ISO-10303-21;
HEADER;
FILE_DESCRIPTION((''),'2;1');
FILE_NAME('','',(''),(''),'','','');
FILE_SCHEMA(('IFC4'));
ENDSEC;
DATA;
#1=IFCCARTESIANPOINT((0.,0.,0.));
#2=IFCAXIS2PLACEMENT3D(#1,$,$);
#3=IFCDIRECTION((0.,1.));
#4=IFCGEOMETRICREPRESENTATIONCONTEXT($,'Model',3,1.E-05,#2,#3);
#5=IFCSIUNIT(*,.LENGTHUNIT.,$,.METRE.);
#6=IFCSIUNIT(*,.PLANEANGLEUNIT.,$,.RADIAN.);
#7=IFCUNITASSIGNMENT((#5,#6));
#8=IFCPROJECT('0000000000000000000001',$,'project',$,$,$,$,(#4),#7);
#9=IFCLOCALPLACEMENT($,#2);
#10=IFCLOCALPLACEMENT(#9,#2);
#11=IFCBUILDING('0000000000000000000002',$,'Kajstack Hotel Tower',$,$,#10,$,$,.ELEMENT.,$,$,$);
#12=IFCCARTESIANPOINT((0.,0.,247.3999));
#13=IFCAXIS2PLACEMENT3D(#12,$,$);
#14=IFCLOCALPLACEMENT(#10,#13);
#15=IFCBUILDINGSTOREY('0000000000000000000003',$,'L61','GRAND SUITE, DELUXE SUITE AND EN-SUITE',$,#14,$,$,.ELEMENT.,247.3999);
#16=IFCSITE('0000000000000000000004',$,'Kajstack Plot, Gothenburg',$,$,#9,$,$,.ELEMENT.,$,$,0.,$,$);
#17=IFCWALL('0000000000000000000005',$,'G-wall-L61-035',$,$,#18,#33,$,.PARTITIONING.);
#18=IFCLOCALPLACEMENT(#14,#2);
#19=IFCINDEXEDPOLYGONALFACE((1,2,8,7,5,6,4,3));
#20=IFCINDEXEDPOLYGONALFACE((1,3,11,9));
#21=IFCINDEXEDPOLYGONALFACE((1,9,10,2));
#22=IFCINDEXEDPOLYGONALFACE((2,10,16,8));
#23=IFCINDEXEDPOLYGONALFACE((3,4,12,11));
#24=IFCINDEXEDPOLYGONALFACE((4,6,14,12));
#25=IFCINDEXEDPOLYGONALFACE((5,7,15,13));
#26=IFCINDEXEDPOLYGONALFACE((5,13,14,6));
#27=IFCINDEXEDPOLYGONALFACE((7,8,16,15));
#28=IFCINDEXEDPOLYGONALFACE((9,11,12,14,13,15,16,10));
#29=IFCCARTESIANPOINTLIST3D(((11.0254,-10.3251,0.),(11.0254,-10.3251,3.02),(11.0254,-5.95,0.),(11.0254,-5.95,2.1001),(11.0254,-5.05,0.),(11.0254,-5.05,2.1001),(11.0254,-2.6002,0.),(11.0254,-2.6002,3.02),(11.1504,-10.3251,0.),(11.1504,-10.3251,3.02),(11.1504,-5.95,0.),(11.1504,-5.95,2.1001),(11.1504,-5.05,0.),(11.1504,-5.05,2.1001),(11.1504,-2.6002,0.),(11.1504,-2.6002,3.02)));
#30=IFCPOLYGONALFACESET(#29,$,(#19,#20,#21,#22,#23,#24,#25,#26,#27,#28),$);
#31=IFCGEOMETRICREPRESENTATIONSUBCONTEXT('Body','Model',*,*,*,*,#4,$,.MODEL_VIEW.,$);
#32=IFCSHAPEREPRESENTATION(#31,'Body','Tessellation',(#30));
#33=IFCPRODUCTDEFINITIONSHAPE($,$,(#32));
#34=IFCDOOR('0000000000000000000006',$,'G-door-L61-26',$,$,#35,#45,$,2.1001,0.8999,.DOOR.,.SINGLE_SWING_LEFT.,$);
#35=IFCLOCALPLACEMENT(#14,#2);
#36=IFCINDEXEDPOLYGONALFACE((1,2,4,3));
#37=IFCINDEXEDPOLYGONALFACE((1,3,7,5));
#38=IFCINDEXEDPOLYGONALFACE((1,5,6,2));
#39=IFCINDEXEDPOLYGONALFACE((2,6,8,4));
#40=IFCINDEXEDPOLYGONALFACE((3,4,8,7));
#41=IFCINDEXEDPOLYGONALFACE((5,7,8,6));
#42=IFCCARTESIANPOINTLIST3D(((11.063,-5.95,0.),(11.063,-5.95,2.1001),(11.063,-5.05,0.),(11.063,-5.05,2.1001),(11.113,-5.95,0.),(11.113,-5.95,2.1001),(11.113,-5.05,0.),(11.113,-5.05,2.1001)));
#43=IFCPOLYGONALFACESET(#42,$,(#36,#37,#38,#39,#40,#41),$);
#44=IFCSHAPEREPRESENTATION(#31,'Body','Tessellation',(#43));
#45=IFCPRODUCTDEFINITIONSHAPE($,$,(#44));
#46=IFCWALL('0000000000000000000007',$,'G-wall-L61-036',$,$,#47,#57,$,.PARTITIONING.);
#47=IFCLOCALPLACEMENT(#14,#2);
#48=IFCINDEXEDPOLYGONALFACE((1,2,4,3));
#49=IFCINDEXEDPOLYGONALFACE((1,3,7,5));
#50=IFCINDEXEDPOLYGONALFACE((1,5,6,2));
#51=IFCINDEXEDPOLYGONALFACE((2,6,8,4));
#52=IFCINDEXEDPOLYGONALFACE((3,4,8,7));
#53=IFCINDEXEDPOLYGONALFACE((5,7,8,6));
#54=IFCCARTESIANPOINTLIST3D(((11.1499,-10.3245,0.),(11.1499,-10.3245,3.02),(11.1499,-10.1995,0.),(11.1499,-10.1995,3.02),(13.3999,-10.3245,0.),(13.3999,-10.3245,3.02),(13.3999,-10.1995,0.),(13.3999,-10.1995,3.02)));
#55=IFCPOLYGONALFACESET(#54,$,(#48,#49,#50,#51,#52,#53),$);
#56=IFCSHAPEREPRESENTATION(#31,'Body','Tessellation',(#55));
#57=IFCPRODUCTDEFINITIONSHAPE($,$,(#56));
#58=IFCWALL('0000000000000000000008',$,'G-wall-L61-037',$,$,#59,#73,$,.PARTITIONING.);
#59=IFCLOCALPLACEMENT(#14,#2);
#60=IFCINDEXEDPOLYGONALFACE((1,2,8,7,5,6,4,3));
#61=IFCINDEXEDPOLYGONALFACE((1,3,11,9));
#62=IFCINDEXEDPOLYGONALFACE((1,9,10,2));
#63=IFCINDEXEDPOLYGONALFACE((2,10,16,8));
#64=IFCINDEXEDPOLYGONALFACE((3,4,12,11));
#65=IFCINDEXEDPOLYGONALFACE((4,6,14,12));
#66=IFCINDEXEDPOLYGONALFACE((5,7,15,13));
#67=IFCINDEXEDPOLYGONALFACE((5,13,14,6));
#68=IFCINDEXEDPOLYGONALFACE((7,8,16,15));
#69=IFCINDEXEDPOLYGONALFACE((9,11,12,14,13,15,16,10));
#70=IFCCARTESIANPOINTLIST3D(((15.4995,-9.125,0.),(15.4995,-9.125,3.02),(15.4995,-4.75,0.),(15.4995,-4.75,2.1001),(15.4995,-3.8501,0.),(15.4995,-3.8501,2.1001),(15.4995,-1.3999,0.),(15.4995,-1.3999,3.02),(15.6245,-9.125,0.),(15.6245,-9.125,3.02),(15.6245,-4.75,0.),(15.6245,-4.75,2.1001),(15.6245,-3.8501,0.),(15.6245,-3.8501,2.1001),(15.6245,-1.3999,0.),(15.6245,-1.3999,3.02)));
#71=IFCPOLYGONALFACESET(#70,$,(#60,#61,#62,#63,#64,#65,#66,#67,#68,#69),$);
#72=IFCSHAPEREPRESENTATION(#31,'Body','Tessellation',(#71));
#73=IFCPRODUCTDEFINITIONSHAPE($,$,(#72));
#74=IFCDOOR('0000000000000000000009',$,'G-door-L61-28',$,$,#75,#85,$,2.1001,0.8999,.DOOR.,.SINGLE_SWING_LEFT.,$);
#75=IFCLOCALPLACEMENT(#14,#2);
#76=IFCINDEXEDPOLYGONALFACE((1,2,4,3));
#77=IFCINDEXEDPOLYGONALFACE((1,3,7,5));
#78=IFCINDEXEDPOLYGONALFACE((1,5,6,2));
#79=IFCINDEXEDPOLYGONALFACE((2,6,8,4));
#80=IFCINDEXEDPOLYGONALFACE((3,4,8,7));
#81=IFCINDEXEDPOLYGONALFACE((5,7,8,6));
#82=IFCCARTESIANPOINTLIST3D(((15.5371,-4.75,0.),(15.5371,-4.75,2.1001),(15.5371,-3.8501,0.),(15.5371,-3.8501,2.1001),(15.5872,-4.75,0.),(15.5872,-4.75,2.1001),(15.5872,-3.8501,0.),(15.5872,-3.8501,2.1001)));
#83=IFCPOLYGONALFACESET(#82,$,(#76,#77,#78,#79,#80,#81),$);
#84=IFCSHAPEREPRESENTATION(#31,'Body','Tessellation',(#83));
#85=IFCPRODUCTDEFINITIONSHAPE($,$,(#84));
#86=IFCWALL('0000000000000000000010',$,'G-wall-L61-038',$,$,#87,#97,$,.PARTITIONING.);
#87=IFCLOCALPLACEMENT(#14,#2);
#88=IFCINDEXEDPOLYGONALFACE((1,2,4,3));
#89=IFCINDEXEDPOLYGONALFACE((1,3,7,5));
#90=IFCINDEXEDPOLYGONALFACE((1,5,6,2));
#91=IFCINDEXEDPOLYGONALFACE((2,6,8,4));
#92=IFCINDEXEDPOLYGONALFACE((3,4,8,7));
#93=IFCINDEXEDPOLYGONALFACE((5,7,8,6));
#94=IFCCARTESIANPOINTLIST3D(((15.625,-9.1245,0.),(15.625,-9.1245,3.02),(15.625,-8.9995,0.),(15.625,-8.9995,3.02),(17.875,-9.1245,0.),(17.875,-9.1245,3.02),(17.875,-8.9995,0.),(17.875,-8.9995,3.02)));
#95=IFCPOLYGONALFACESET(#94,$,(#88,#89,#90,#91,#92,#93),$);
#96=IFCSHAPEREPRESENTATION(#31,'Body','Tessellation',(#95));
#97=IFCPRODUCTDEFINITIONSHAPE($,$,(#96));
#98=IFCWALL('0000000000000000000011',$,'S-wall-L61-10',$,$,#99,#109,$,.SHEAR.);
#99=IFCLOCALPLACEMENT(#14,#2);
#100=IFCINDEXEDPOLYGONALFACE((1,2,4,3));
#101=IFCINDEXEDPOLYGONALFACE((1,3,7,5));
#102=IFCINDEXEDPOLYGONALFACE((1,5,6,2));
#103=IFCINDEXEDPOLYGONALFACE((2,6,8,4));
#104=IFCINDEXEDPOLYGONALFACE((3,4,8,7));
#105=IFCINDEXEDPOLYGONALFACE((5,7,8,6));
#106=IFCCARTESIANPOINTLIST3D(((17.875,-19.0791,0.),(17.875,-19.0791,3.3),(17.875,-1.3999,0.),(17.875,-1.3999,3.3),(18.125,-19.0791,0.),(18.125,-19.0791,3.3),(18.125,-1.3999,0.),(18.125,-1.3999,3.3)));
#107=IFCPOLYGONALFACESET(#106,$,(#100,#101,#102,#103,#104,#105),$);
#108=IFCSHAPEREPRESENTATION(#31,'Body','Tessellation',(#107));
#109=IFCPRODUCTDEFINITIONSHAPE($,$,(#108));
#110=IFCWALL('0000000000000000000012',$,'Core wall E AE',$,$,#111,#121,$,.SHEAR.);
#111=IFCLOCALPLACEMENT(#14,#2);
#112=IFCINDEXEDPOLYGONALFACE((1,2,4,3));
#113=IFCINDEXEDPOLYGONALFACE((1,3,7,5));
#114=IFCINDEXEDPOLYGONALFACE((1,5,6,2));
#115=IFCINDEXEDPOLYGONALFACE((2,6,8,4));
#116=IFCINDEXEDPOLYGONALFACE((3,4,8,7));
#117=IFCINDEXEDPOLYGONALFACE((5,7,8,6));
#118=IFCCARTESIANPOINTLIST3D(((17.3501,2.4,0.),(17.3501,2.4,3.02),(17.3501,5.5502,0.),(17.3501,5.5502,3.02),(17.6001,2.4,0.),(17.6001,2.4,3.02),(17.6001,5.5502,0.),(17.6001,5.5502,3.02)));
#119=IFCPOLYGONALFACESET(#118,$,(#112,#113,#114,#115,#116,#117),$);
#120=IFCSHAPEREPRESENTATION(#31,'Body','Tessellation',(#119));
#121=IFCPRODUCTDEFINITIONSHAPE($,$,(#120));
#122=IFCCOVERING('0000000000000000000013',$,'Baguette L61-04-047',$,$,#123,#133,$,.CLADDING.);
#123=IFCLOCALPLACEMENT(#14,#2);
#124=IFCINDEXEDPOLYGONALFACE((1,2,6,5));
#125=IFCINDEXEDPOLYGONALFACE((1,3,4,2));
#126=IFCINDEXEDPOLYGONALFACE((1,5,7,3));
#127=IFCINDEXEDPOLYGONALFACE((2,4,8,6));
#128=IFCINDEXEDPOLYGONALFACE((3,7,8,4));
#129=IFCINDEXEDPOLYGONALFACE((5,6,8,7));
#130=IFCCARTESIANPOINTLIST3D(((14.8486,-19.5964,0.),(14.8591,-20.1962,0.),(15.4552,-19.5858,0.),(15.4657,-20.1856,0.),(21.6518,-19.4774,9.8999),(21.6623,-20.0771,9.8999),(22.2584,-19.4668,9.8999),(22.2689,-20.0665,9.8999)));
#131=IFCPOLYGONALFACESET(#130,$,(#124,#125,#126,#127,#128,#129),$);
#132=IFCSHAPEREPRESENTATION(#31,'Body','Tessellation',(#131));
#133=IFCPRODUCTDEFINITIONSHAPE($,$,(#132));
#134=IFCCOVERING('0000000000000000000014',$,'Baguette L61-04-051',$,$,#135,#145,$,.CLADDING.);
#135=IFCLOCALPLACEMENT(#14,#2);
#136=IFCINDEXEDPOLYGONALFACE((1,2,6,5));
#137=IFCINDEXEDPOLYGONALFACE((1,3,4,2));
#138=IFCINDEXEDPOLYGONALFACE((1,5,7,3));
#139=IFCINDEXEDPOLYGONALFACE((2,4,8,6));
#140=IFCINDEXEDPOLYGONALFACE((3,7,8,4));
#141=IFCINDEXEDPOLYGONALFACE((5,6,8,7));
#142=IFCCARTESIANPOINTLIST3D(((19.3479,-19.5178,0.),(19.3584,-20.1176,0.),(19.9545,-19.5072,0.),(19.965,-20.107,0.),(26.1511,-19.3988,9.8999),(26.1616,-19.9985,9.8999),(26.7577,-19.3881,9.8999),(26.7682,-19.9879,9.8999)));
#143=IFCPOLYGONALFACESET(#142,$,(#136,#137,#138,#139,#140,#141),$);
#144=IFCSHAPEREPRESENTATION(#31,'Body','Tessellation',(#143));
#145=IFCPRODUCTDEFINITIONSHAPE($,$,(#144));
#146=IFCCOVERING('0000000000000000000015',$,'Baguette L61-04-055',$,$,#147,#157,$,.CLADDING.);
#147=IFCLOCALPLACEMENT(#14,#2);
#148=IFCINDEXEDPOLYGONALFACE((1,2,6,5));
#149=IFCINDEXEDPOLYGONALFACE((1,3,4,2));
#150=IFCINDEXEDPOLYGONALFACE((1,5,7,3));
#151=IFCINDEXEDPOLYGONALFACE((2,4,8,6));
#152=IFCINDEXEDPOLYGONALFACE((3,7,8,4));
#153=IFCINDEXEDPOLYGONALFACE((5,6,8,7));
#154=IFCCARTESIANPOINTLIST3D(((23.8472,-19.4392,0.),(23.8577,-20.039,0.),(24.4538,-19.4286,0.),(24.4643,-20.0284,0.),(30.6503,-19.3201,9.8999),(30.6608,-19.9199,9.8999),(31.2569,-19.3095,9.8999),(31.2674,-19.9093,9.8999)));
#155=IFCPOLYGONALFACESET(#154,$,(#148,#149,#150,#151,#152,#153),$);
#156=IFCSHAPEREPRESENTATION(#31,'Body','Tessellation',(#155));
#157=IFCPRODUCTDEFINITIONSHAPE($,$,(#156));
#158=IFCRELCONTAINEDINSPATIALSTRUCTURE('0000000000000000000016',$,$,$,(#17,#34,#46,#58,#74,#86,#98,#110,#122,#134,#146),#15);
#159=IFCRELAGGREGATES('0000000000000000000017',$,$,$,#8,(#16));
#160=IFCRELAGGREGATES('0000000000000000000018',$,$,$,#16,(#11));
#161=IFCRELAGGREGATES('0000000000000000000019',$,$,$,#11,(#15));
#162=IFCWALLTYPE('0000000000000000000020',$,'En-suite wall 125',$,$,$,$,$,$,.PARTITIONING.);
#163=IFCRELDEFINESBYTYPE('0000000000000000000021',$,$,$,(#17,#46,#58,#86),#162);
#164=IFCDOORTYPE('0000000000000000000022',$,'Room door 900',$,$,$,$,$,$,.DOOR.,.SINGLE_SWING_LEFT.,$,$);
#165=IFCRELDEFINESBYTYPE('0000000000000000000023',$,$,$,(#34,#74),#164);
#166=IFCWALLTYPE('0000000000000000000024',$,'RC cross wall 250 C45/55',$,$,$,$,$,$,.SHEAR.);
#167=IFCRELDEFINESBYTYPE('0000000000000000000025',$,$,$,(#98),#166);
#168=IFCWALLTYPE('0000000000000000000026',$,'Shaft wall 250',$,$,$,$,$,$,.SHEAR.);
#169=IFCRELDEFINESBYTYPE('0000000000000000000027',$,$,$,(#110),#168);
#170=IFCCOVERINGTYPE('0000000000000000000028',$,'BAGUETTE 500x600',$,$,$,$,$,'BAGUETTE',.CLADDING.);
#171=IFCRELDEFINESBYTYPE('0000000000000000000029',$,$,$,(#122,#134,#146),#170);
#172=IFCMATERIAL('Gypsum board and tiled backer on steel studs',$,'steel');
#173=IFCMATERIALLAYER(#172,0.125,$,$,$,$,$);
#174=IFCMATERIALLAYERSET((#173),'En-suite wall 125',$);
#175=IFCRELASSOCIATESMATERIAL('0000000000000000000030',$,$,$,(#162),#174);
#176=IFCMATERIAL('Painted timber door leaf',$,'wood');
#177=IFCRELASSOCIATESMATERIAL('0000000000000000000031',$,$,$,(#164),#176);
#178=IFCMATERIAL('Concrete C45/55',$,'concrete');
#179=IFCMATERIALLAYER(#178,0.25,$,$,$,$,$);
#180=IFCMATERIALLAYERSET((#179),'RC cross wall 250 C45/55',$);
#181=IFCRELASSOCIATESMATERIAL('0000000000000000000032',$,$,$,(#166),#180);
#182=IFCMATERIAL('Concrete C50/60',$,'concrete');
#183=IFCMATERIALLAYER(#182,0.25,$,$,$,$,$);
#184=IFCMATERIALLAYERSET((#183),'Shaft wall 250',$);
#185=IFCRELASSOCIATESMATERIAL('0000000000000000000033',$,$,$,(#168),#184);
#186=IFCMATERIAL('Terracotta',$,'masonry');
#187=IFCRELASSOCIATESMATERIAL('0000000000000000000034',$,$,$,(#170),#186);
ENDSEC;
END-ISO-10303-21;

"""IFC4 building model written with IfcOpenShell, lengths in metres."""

from ifc_helpers import new_model, si_unit, direction, frame, frame_2d, origin, origin_2d, place, context, subcontext, project, spatial, polyline, rectangle, outline, extrude, material, layer, layer_set, material_profile, profile_set, type_object, element, fill, save


model = new_model("IFC4")

# Units and contexts
model_context = context("Model", 3, precision=1e-05, world=origin(), true_north=direction((0.0, 1.0)))
body_context = subcontext(model_context, "Body", "Model", "MODEL_VIEW")
ifc_project = project(units=[si_unit("LENGTHUNIT", "METRE"), si_unit("PLANEANGLEUNIT", "RADIAN")], contexts=[model_context])

# Site, building, storey
site_placement = place(None, origin())
site = spatial("IfcSite", under=ifc_project, at=site_placement, Name="Kajstack Plot, Gothenburg", CompositionType="ELEMENT", RefElevation=0.0)
building_placement = place(site_placement, origin())
building = spatial("IfcBuilding", under=site, at=building_placement, Name="Kajstack Hotel Tower", CompositionType="ELEMENT")
storey_placement = place(building_placement, frame((0.0, 0.0, 247.3999)))
storey = spatial("IfcBuildingStorey", under=building, at=storey_placement, Name="L61", Description="GRAND SUITE, DELUXE SUITE AND EN-SUITE", CompositionType="ELEMENT", Elevation=247.3999)

# Wall, opening, door
ifc_material_1 = material(Name="Gypsum board and tiled backer on steel studs", Category="steel")
ifc_layer_1 = layer(ifc_material_1, 0.125)
ifc_layer_set_1 = layer_set([ifc_layer_1], Name="En-suite wall 125")
wall_type_1 = type_object("IfcWallType", Name="En-suite wall 125", PredefinedType="PARTITIONING", material=ifc_layer_set_1)
wall_1_placement = place(storey_placement, frame((11.0879, -10.325, 0.0), z_axis=(0.0, 0.0, 1.0), x_axis=(0.0, 1.0, 0.0)))
wall_1 = element("IfcWall", 1, at=wall_1_placement, inside=storey, type_object=wall_type_1, Name="G-wall-L61-035", PredefinedType="PARTITIONING", context=body_context, shape_type="SweptSolid", body=[
    extrude(rectangle(XDim=7.7249, YDim=0.125, at=frame_2d((3.8623, 0.0))), origin(), (0.0, 0.0, 1.0), 3.02),
])
opening_1_placement = place(wall_1_placement, frame((4.375, 0.0, 0.0)))
opening_1 = element("IfcOpeningElement", 2, at=opening_1_placement, cuts=wall_1, PredefinedType="OPENING", context=body_context, shape_type="SweptSolid", body=[
    extrude(rectangle(XDim=0.8999, YDim=2.1001, at=frame_2d((0.45, 1.05))), frame((0.0, 0.0725, 0.0), z_axis=(0.0, -1.0, 0.0), x_axis=(1.0, 0.0, 0.0)), (0.0, 0.0, 1.0), 0.145),
])
ifc_material_2 = material(Name="Painted timber door leaf", Category="wood")
door_type_1 = type_object("IfcDoorType", Name="Room door 900", OperationType="SINGLE_SWING_LEFT", PredefinedType="DOOR", material=ifc_material_2)
door_1_placement = place(opening_1_placement, origin())
door_1 = element("IfcDoor", 3, at=door_1_placement, inside=storey, type_object=door_type_1, Name="G-door-L61-26", OperationType="SINGLE_SWING_LEFT", OverallHeight=2.1001, OverallWidth=0.8999, PredefinedType="DOOR", context=body_context, shape_type="SweptSolid", body=[
    extrude(rectangle(XDim=0.8999, YDim=2.1001, at=frame_2d((0.45, 1.05))), frame((0.0, 0.0249, 0.0), z_axis=(0.0, -1.0, 0.0), x_axis=(1.0, 0.0, 0.0)), (0.0, 0.0, 1.0), 0.05),
])
fill(opening_1, door_1)

# Wall
wall_2_placement = place(storey_placement, frame((11.1499, -10.262, 0.0), z_axis=(0.0, 0.0, 1.0), x_axis=(1.0, 0.0, 0.0)))
element("IfcWall", 4, at=wall_2_placement, inside=storey, type_object=wall_type_1, Name="G-wall-L61-036", PredefinedType="PARTITIONING", context=body_context, shape_type="SweptSolid", body=[
    extrude(rectangle(XDim=2.25, YDim=0.125, at=frame_2d((1.125, 0.0))), origin(), (0.0, 0.0, 1.0), 3.02),
])

# Wall, opening, door
wall_3_placement = place(storey_placement, frame((15.562, -9.125, 0.0), z_axis=(0.0, 0.0, 1.0), x_axis=(0.0, 1.0, 0.0)))
wall_3 = element("IfcWall", 5, at=wall_3_placement, inside=storey, type_object=wall_type_1, Name="G-wall-L61-037", PredefinedType="PARTITIONING", context=body_context, shape_type="SweptSolid", body=[
    extrude(rectangle(XDim=7.7251, YDim=0.125, at=frame_2d((3.8625, 0.0))), origin(), (0.0, 0.0, 1.0), 3.02),
])
opening_2_placement = place(wall_3_placement, frame((4.375, 0.0, 0.0)))
opening_2 = element("IfcOpeningElement", 6, at=opening_2_placement, cuts=wall_3, PredefinedType="OPENING", context=body_context, shape_type="SweptSolid", body=[
    extrude(rectangle(XDim=0.8999, YDim=2.1001, at=frame_2d((0.45, 1.05))), frame((0.0, 0.0725, 0.0), z_axis=(0.0, -1.0, 0.0), x_axis=(1.0, 0.0, 0.0)), (0.0, 0.0, 1.0), 0.145),
])
door_2_placement = place(opening_2_placement, origin())
door_2 = element("IfcDoor", 7, at=door_2_placement, inside=storey, type_object=door_type_1, Name="G-door-L61-28", OperationType="SINGLE_SWING_LEFT", OverallHeight=2.1001, OverallWidth=0.8999, PredefinedType="DOOR", context=body_context, shape_type="SweptSolid", body=[
    extrude(rectangle(XDim=0.8999, YDim=2.1001, at=frame_2d((0.45, 1.05))), frame((0.0, 0.0249, 0.0), z_axis=(0.0, -1.0, 0.0), x_axis=(1.0, 0.0, 0.0)), (0.0, 0.0, 1.0), 0.05),
])
fill(opening_2, door_2)

# Walls
wall_4_placement = place(storey_placement, frame((15.625, -9.062, 0.0), z_axis=(0.0, 0.0, 1.0), x_axis=(1.0, 0.0, 0.0)))
element("IfcWall", 8, at=wall_4_placement, inside=storey, type_object=wall_type_1, Name="G-wall-L61-038", PredefinedType="PARTITIONING", context=body_context, shape_type="SweptSolid", body=[
    extrude(rectangle(XDim=2.25, YDim=0.125, at=frame_2d((1.125, 0.0))), origin(), (0.0, 0.0, 1.0), 3.02),
])
ifc_material_3 = material(Name="Concrete C45/55", Category="concrete")
ifc_layer_2 = layer(ifc_material_3, 0.25)
ifc_layer_set_2 = layer_set([ifc_layer_2], Name="RC cross wall 250 C45/55")
wall_type_2 = type_object("IfcWallType", Name="RC cross wall 250 C45/55", PredefinedType="SHEAR", material=ifc_layer_set_2)
wall_5_placement = place(storey_placement, frame((18.0, -19.0791, 0.0), z_axis=(0.0, 0.0, 1.0), x_axis=(0.0, 1.0, 0.0)))
element("IfcWall", 9, at=wall_5_placement, inside=storey, type_object=wall_type_2, Name="S-wall-L61-10", PredefinedType="SHEAR", context=body_context, shape_type="SweptSolid", body=[
    extrude(rectangle(XDim=17.6792, YDim=0.25, at=frame_2d((8.8396, 0.0))), origin(), (0.0, 0.0, 1.0), 3.3),
])
ifc_material_4 = material(Name="Concrete C50/60", Category="concrete")
ifc_layer_3 = layer(ifc_material_4, 0.25)
ifc_layer_set_3 = layer_set([ifc_layer_3], Name="Shaft wall 250")
wall_type_3 = type_object("IfcWallType", Name="Shaft wall 250", PredefinedType="SHEAR", material=ifc_layer_set_3)
wall_6_placement = place(storey_placement, frame((17.4751, 2.3999, 0.0), z_axis=(0.0, 0.0, 1.0), x_axis=(0.0, 1.0, 0.0)))
element("IfcWall", 10, at=wall_6_placement, inside=storey, type_object=wall_type_3, Name="Core wall E AE", PredefinedType="SHEAR", context=body_context, shape_type="SweptSolid", body=[
    extrude(rectangle(XDim=3.1501, YDim=0.25, at=frame_2d((1.5752, 0.0))), origin(), (0.0, 0.0, 1.0), 3.02),
])

# Coverings
ifc_material_5 = material(Name="Terracotta", Category="masonry")
ifc_material_profile = material_profile(ifc_material_5, rectangle(XDim=0.6001, YDim=0.5, at=origin_2d()), Name="Terracotta-clad concrete baguette 500 x 600")
ifc_profile_set = profile_set([ifc_material_profile], Name="Terracotta")
covering_type = type_object("IfcCoveringType", Name="BAGUETTE 500x600", ElementType="BAGUETTE", PredefinedType="CLADDING", material=ifc_profile_set)
for number, where, z_axis, x_axis, name in (
    (11, (14.8486, -19.5964, 0.0), (0.017498, -0.999847, 0.0), (0.999847, 0.017498, 0.0), "Baguette L61-04-047"),
    (12, (19.3479, -19.5178, 0.0), (0.017498, -0.999847, 0.0), (0.999847, 0.017498, 0.0), "Baguette L61-04-051"),
    (13, (23.8472, -19.4392, 0.0), (0.017498, -0.999847, 0.0), (0.999847, 0.017498, 0.0), "Baguette L61-04-055"),
):
    element("IfcCovering", number, at=place(storey_placement, frame(where, z_axis=z_axis, x_axis=x_axis)), inside=storey, type_object=covering_type, Name=name, PredefinedType="CLADDING", context=body_context, shape_type="SweptSolid", body=[
        extrude(outline(polyline([(6.8042, 9.8999), (0.0, 0.0), (0.6067, 0.0), (7.4109, 9.8999), (6.8042, 9.8999)])), origin(), (0.0, 0.0, 1.0), 0.5999),
    ])

save(model, "model.ifc")
